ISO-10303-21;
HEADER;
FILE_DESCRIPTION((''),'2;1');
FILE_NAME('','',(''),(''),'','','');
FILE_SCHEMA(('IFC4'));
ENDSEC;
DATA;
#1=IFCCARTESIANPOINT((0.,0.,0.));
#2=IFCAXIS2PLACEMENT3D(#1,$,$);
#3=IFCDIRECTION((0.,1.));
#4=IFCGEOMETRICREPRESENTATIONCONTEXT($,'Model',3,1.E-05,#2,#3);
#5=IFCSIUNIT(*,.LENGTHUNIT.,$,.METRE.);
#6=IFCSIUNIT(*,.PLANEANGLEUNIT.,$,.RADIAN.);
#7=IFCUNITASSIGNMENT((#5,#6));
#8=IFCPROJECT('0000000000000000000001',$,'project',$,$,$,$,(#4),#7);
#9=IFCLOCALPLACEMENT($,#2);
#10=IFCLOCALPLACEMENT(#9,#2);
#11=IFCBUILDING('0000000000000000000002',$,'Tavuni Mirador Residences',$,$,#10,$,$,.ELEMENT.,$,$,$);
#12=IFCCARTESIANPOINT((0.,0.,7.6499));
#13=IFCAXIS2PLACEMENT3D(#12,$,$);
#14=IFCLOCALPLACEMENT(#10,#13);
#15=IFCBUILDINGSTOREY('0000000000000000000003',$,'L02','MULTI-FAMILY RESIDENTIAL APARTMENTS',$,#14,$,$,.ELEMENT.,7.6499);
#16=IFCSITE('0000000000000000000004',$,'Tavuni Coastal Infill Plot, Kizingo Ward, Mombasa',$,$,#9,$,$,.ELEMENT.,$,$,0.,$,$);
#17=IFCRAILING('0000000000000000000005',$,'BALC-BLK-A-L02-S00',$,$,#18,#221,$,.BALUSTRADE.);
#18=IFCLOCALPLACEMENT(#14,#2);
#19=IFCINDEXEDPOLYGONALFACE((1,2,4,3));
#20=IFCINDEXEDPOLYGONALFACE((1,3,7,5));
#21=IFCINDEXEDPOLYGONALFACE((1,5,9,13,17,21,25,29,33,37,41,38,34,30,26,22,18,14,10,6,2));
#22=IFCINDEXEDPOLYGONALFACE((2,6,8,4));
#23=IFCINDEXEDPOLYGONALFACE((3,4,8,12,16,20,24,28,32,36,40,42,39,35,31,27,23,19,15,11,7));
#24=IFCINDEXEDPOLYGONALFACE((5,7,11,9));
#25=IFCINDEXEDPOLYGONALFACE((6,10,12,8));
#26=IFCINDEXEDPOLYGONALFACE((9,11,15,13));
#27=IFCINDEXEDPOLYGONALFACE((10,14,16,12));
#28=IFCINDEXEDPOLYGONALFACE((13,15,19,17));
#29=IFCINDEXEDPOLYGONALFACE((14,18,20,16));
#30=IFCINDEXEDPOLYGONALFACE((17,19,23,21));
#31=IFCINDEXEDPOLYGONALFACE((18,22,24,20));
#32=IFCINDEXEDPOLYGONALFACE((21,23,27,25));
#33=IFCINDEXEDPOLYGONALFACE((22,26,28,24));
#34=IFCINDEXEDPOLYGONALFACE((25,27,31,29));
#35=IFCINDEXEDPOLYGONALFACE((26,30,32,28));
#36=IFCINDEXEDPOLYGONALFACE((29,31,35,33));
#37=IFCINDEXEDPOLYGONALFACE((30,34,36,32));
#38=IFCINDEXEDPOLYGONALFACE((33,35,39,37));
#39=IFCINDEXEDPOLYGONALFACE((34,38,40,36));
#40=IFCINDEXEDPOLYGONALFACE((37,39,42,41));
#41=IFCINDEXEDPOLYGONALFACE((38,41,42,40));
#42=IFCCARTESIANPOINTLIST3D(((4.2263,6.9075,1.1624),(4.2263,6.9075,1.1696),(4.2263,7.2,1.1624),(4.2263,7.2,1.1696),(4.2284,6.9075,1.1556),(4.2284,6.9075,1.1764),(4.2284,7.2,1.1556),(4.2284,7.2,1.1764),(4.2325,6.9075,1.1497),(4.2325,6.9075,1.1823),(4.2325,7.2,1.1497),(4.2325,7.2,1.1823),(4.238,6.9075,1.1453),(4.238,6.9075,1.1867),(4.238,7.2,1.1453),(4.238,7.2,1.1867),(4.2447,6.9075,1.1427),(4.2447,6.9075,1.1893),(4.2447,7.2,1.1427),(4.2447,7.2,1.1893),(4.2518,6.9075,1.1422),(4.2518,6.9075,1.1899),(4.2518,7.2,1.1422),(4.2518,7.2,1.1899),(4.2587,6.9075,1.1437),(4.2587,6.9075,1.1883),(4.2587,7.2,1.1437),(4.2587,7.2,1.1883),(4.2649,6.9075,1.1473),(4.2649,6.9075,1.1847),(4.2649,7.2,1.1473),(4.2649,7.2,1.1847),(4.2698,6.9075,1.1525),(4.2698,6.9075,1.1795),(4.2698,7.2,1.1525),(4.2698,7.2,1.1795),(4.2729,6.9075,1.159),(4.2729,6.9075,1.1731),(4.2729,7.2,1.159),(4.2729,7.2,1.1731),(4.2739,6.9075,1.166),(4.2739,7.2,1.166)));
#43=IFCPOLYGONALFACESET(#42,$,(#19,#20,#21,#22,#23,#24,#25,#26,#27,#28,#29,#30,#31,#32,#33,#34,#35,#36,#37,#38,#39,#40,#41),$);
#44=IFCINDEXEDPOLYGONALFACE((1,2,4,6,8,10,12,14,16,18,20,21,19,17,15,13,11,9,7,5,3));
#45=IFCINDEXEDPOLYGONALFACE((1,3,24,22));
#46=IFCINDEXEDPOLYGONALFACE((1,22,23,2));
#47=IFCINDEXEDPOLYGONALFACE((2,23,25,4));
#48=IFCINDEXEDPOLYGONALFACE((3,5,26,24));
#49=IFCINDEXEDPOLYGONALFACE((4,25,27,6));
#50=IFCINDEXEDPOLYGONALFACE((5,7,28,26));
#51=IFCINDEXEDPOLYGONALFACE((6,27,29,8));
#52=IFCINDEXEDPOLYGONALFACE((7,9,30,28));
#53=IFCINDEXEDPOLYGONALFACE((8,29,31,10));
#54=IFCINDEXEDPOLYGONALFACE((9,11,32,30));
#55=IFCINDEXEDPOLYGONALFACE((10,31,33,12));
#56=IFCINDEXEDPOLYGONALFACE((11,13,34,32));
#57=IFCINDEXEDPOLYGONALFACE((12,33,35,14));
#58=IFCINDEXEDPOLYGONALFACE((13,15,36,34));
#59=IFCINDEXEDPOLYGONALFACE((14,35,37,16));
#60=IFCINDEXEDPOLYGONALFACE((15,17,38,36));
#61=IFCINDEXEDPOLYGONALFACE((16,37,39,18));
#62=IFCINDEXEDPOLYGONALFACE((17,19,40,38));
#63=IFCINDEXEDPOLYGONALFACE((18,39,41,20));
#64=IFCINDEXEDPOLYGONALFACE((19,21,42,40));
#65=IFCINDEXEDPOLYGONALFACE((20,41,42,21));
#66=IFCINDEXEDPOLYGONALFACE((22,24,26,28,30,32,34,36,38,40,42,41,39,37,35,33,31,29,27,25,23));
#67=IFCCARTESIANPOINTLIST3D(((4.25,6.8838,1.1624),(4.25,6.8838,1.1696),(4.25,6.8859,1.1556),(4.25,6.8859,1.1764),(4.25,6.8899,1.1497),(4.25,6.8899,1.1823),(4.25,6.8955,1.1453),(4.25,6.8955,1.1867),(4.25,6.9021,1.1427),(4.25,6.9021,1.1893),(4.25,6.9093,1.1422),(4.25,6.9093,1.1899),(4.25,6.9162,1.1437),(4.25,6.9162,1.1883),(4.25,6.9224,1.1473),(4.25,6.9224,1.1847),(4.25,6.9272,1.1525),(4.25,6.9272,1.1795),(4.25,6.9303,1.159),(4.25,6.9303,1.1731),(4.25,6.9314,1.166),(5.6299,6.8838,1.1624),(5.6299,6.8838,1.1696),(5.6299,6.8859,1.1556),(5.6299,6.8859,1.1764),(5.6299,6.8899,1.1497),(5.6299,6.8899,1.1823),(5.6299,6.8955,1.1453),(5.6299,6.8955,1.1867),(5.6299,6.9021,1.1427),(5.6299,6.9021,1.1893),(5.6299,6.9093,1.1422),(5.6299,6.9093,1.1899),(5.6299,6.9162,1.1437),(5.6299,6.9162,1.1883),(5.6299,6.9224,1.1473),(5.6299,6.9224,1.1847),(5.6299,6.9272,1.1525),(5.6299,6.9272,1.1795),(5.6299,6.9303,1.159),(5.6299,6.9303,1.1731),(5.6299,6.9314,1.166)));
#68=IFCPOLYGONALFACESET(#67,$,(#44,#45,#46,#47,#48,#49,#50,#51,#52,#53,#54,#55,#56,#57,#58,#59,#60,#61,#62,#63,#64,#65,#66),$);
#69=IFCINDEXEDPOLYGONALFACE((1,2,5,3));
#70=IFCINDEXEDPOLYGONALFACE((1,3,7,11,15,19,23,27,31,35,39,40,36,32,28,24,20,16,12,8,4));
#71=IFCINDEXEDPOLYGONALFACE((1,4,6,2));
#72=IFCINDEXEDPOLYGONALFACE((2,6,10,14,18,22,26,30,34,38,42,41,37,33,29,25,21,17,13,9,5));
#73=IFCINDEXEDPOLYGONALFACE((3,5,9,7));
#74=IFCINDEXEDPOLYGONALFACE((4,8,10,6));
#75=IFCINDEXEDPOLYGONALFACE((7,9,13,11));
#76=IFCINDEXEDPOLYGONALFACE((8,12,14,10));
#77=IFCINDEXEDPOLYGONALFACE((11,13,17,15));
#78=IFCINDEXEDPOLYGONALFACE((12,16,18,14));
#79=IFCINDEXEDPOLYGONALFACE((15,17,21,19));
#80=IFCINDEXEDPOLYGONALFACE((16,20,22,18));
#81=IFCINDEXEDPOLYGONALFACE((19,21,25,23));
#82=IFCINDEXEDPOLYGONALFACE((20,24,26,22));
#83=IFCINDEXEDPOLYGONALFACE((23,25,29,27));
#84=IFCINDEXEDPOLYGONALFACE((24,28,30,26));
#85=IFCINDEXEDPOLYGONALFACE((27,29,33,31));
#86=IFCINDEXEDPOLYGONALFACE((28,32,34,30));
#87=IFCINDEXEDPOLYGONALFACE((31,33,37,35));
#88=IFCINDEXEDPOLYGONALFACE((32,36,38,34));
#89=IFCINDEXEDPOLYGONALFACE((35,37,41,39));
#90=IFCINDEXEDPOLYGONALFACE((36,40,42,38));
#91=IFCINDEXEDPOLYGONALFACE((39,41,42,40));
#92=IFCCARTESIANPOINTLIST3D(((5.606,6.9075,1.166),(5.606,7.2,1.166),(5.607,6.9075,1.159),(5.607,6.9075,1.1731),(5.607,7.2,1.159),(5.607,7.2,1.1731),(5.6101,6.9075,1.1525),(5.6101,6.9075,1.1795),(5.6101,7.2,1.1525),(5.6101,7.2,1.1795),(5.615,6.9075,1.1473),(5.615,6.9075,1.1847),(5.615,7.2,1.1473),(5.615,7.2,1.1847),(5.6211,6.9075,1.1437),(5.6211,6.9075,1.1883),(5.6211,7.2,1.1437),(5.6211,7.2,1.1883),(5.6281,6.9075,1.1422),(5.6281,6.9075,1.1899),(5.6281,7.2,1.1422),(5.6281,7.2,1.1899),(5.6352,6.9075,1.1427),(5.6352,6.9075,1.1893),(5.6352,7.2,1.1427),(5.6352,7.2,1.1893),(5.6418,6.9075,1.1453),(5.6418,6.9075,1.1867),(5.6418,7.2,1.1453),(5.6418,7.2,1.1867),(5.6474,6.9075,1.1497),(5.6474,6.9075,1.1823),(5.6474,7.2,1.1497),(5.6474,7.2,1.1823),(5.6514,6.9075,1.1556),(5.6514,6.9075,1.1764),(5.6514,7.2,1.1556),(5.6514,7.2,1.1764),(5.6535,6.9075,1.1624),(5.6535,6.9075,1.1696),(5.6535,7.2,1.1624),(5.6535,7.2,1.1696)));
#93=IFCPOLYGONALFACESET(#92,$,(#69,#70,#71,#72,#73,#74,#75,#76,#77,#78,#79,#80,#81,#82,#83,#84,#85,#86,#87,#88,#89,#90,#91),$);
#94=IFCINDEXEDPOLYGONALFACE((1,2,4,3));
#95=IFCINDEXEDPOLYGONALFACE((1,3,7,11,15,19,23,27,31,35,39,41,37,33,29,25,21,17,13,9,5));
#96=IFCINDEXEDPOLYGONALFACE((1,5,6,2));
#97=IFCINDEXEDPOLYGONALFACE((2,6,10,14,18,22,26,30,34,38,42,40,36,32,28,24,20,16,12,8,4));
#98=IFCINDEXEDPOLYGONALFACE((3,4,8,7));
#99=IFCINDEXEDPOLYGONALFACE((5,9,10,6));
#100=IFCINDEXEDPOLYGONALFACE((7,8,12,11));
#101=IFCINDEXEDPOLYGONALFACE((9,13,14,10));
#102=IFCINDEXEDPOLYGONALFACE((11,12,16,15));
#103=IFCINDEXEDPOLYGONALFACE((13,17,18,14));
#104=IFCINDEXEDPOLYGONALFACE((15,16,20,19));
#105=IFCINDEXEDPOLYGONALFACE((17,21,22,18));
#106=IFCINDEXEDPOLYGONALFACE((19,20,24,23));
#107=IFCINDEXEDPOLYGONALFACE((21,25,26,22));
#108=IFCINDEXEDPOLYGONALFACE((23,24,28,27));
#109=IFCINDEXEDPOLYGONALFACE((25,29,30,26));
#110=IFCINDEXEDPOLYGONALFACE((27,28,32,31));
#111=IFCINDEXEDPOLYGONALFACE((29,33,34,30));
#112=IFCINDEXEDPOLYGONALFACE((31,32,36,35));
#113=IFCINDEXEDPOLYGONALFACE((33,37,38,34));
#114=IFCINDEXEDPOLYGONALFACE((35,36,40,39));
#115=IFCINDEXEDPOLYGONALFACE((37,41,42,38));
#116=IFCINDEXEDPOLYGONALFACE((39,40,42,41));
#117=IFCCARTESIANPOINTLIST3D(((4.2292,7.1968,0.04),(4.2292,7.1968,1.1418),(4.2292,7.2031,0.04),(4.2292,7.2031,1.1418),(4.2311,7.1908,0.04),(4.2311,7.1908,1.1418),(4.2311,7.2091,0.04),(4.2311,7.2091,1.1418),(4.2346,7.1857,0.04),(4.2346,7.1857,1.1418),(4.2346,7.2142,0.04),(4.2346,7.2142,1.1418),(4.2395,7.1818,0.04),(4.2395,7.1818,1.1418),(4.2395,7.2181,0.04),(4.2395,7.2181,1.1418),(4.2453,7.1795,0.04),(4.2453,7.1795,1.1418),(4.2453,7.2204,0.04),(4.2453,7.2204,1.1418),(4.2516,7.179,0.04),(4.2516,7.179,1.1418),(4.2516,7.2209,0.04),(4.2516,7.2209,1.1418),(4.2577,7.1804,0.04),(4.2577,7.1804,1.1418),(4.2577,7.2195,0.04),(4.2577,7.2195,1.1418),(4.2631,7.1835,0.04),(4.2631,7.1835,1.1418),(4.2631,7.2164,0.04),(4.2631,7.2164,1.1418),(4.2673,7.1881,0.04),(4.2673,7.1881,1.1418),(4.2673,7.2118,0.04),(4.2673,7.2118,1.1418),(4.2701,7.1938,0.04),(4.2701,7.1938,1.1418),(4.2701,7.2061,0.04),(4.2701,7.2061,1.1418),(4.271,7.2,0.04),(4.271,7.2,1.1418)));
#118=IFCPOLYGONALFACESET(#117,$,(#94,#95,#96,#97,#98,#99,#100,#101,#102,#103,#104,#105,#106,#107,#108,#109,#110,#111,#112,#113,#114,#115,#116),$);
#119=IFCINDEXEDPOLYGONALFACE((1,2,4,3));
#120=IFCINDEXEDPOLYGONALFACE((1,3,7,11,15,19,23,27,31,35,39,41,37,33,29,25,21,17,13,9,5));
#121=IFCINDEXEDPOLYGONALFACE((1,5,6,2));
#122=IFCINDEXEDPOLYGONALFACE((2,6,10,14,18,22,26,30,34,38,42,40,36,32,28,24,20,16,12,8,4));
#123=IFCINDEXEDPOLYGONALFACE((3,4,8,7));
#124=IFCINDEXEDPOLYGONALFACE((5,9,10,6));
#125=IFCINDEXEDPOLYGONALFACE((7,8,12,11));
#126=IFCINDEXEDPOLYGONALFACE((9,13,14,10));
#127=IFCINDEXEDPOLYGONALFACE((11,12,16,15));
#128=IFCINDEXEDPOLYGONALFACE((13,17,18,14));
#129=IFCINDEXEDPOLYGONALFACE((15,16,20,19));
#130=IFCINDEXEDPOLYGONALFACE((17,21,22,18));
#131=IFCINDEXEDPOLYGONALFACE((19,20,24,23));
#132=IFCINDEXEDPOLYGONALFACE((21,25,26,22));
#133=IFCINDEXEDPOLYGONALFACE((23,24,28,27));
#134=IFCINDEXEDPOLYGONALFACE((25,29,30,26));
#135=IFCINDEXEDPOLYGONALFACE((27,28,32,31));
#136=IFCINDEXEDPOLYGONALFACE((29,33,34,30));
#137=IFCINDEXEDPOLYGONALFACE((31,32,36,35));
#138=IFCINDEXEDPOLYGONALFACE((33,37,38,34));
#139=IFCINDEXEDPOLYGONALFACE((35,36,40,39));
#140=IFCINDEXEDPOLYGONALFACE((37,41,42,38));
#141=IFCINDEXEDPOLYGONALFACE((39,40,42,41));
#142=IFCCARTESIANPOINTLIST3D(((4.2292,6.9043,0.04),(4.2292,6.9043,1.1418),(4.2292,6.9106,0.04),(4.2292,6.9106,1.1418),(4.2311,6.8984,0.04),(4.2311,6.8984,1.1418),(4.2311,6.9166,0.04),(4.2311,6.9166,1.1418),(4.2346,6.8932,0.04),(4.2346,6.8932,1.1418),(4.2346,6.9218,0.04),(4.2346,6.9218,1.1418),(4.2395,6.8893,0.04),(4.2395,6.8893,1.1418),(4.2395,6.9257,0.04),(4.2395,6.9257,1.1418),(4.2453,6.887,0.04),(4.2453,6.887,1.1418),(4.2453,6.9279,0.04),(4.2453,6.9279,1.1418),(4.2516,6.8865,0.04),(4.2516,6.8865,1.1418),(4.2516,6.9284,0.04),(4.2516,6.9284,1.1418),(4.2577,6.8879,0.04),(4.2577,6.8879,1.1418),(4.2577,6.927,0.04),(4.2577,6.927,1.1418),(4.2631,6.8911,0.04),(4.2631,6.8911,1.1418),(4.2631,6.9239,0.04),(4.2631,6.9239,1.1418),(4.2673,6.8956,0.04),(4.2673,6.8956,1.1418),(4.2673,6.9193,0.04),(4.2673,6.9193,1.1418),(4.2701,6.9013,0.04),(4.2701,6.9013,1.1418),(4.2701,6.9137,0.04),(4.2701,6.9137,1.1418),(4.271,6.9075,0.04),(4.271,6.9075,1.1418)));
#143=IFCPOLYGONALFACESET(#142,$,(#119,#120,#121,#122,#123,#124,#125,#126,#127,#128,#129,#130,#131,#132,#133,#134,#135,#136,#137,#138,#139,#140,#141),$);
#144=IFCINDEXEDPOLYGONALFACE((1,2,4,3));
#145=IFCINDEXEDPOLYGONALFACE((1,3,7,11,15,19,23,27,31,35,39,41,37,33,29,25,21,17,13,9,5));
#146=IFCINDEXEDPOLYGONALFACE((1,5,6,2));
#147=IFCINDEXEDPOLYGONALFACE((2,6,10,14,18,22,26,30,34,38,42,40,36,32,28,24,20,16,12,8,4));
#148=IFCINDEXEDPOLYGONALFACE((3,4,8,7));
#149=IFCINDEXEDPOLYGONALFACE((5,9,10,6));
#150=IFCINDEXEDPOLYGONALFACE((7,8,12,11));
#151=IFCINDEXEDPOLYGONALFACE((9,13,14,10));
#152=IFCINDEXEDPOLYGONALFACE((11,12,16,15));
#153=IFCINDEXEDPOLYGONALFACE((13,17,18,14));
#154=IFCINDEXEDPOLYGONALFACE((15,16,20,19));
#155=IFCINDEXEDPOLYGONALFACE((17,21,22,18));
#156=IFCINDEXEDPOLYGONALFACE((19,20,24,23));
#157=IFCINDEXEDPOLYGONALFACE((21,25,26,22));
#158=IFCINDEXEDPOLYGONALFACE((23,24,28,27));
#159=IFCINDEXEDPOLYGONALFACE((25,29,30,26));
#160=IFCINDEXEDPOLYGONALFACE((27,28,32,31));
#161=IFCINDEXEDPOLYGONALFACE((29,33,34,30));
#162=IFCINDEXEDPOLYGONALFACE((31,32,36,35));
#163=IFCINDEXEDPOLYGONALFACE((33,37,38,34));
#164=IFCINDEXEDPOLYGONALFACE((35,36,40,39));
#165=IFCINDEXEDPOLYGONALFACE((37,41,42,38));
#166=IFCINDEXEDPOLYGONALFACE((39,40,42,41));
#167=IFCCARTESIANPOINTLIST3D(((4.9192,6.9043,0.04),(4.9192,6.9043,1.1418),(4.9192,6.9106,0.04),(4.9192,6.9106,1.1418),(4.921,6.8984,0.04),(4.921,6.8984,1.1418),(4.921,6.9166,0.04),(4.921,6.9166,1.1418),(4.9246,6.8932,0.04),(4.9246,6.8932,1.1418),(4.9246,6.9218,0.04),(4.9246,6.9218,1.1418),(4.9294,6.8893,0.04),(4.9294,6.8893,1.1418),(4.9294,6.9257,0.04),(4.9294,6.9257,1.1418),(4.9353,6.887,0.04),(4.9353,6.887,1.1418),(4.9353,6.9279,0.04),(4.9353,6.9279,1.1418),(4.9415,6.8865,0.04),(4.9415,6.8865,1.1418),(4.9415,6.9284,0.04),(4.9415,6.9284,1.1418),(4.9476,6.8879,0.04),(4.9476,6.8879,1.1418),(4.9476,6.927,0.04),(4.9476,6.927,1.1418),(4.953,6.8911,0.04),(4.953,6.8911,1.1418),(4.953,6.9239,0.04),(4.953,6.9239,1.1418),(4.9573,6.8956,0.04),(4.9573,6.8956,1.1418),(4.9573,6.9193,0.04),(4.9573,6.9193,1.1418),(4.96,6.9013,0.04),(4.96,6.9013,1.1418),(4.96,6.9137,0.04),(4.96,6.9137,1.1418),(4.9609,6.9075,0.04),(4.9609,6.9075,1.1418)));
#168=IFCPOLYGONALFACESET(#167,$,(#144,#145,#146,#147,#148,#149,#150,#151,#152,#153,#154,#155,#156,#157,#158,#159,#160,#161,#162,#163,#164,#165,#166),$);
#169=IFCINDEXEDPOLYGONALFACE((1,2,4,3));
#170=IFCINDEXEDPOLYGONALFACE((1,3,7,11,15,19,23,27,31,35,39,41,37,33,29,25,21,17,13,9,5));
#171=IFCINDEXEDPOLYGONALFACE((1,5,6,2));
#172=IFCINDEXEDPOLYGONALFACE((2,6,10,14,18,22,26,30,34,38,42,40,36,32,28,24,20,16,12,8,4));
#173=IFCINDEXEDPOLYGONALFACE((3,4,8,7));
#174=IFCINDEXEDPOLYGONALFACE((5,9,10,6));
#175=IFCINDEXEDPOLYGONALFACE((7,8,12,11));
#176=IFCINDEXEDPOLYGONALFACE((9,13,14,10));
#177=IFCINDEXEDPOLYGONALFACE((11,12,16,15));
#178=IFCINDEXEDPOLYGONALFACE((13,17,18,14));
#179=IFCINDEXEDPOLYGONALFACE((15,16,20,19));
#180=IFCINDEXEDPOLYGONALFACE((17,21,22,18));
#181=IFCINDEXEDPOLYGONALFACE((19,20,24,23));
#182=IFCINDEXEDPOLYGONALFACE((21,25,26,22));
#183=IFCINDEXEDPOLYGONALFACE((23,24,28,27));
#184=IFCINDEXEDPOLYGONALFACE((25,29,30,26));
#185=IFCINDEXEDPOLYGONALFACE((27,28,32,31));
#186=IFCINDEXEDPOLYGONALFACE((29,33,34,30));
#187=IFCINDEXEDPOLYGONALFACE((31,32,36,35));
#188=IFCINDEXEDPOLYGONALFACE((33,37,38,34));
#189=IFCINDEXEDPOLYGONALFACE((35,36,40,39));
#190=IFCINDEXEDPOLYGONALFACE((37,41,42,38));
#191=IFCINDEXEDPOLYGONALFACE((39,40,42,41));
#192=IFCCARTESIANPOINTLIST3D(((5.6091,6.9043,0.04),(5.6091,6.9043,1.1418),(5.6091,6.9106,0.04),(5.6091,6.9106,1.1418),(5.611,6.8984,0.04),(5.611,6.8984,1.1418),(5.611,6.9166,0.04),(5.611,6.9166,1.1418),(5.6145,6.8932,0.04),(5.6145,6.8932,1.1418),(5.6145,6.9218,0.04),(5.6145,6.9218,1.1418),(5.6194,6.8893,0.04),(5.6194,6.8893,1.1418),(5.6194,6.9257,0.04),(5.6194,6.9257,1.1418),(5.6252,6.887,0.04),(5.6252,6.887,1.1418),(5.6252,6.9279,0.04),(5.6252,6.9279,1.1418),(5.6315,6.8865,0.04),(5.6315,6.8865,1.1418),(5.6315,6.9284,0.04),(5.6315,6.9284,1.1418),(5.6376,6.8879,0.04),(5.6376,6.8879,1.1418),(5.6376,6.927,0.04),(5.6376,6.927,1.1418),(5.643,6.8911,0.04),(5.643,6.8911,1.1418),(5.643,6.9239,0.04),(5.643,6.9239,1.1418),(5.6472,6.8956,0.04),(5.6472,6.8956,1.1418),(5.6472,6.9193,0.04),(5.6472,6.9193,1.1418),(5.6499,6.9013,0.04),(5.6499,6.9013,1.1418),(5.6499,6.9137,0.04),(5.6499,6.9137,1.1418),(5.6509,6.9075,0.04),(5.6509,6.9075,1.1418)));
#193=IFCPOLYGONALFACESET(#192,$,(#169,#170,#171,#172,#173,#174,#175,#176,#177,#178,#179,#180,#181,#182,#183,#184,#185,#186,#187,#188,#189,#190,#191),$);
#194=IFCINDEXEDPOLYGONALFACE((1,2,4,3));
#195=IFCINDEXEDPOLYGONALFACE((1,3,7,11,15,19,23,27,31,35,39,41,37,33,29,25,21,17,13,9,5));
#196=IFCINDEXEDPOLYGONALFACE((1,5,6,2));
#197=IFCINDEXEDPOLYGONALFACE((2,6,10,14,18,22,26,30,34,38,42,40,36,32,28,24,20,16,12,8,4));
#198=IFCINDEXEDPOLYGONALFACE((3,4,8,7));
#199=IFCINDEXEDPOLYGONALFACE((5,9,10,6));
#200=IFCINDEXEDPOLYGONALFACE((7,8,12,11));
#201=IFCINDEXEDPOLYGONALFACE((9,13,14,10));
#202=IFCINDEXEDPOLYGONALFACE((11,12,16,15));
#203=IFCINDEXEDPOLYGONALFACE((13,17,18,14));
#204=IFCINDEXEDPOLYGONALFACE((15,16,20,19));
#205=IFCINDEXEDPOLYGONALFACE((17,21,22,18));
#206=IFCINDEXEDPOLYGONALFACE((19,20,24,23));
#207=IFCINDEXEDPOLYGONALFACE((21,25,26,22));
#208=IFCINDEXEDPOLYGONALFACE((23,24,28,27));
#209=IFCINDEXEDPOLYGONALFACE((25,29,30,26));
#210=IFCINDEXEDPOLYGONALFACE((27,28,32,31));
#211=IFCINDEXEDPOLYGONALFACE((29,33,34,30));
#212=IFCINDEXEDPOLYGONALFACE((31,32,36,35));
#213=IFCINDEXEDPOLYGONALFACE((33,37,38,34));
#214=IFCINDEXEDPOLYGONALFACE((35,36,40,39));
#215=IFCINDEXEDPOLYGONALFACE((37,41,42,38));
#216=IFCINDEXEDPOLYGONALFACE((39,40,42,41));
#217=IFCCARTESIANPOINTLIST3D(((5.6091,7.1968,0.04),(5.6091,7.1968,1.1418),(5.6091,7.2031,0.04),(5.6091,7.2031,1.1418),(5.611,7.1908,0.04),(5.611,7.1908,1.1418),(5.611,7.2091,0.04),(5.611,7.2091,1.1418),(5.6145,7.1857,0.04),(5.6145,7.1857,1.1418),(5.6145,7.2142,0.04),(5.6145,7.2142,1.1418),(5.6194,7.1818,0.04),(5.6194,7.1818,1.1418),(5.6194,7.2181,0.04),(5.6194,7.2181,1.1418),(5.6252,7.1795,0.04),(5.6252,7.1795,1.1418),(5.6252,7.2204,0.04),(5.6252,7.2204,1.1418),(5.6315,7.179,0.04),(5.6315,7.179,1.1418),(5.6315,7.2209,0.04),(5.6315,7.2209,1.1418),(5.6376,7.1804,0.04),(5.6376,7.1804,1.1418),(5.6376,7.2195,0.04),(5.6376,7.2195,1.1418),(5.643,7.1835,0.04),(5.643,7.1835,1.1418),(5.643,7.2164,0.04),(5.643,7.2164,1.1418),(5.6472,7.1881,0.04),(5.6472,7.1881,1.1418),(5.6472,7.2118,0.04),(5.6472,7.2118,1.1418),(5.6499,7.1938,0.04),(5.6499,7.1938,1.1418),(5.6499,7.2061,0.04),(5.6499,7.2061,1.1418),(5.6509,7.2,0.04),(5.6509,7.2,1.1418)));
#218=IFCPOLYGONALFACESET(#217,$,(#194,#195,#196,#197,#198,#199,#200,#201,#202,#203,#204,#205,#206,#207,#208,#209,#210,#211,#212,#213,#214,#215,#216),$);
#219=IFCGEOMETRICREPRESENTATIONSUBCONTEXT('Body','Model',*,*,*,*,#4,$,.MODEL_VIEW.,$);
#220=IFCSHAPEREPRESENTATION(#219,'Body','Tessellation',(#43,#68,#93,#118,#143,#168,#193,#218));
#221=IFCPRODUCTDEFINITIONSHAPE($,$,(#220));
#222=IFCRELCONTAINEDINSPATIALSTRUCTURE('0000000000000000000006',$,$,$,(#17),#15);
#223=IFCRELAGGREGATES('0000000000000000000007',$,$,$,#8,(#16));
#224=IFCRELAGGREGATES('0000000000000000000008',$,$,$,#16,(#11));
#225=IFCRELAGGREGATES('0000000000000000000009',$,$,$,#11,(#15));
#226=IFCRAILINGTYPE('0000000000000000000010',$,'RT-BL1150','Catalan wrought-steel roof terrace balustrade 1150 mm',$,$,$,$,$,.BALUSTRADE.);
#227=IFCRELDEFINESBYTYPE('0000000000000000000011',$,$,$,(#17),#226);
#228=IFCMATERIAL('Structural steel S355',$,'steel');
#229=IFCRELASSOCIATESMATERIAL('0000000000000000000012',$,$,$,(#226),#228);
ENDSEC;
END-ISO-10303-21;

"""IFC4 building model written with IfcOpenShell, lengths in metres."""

from ifc_helpers import new_model, si_unit, direction, frame, origin, origin_2d, place, context, subcontext, project, spatial, circle, extrude, material, type_object, element, save


model = new_model("IFC4")

# Units and contexts
model_context = context("Model", 3, precision=1e-05, world=origin(), true_north=direction((0.0, 1.0)))
body_context = subcontext(model_context, "Body", "Model", "MODEL_VIEW")
ifc_project = project(units=[si_unit("LENGTHUNIT", "METRE"), si_unit("PLANEANGLEUNIT", "RADIAN")], contexts=[model_context])

# Site, building, storey
site_placement = place(None, origin())
site = spatial("IfcSite", under=ifc_project, at=site_placement, Name="Tavuni Coastal Infill Plot, Kizingo Ward, Mombasa", CompositionType="ELEMENT", RefElevation=0.0)
building_placement = place(site_placement, origin())
building = spatial("IfcBuilding", under=site, at=building_placement, Name="Tavuni Mirador Residences", CompositionType="ELEMENT")
storey_placement = place(building_placement, frame((0.0, 0.0, 7.6499)))
storey = spatial("IfcBuildingStorey", under=building, at=storey_placement, Name="L02", Description="MULTI-FAMILY RESIDENTIAL APARTMENTS", CompositionType="ELEMENT", Elevation=7.6499)

# Shared definitions
ifc_material_1 = material(Name="Structural steel S355", Category="steel")

# Railing
railing_type = type_object("IfcRailingType", Name="RT-BL1150", Description="Catalan wrought-steel roof terrace balustrade 1150 mm", PredefinedType="BALUSTRADE", material=ifc_material_1)
railing_placement = place(storey_placement, frame((4.25, 7.2, 0.04)))
element("IfcRailing", 1, at=railing_placement, inside=storey, type_object=railing_type, Name="BALC-BLK-A-L02-S00", PredefinedType="BALUSTRADE", context=body_context, shape_type="SweptSolid", body=[
    extrude(circle(Radius=0.0239, at=origin_2d()), frame((0.0, 0.0, 1.126), z_axis=(0.0, -1.0, 0.0), x_axis=(1.0, 0.0, 0.0)), (0.0, 0.0, 1.0), 0.2925),
    extrude(circle(Radius=0.0239, at=origin_2d()), frame((0.0, -0.2925, 1.126), z_axis=(1.0, 0.0, 0.0), x_axis=(0.0, 1.0, 0.0)), (0.0, 0.0, 1.0), 1.3799),
    extrude(circle(Radius=0.0239, at=origin_2d()), frame((1.3799, -0.2925, 1.126), z_axis=(0.0, 1.0, 0.0), x_axis=(-1.0, 0.0, 0.0)), (0.0, 0.0, 1.0), 0.2925),
    extrude(circle(Radius=0.021, at=origin_2d()), origin(), (0.0, 0.0, 1.0), 1.1018),
    extrude(circle(Radius=0.021, at=origin_2d()), frame((0.0, -0.2925, 0.0)), (0.0, 0.0, 1.0), 1.1018),
    extrude(circle(Radius=0.021, at=origin_2d()), frame((0.6899, -0.2925, 0.0)), (0.0, 0.0, 1.0), 1.1018),
    extrude(circle(Radius=0.021, at=origin_2d()), frame((1.3799, -0.2925, 0.0)), (0.0, 0.0, 1.0), 1.1018),
    extrude(circle(Radius=0.021, at=origin_2d()), frame((1.3799, 0.0, 0.0)), (0.0, 0.0, 1.0), 1.1018),
])

save(model, "model.ifc")
